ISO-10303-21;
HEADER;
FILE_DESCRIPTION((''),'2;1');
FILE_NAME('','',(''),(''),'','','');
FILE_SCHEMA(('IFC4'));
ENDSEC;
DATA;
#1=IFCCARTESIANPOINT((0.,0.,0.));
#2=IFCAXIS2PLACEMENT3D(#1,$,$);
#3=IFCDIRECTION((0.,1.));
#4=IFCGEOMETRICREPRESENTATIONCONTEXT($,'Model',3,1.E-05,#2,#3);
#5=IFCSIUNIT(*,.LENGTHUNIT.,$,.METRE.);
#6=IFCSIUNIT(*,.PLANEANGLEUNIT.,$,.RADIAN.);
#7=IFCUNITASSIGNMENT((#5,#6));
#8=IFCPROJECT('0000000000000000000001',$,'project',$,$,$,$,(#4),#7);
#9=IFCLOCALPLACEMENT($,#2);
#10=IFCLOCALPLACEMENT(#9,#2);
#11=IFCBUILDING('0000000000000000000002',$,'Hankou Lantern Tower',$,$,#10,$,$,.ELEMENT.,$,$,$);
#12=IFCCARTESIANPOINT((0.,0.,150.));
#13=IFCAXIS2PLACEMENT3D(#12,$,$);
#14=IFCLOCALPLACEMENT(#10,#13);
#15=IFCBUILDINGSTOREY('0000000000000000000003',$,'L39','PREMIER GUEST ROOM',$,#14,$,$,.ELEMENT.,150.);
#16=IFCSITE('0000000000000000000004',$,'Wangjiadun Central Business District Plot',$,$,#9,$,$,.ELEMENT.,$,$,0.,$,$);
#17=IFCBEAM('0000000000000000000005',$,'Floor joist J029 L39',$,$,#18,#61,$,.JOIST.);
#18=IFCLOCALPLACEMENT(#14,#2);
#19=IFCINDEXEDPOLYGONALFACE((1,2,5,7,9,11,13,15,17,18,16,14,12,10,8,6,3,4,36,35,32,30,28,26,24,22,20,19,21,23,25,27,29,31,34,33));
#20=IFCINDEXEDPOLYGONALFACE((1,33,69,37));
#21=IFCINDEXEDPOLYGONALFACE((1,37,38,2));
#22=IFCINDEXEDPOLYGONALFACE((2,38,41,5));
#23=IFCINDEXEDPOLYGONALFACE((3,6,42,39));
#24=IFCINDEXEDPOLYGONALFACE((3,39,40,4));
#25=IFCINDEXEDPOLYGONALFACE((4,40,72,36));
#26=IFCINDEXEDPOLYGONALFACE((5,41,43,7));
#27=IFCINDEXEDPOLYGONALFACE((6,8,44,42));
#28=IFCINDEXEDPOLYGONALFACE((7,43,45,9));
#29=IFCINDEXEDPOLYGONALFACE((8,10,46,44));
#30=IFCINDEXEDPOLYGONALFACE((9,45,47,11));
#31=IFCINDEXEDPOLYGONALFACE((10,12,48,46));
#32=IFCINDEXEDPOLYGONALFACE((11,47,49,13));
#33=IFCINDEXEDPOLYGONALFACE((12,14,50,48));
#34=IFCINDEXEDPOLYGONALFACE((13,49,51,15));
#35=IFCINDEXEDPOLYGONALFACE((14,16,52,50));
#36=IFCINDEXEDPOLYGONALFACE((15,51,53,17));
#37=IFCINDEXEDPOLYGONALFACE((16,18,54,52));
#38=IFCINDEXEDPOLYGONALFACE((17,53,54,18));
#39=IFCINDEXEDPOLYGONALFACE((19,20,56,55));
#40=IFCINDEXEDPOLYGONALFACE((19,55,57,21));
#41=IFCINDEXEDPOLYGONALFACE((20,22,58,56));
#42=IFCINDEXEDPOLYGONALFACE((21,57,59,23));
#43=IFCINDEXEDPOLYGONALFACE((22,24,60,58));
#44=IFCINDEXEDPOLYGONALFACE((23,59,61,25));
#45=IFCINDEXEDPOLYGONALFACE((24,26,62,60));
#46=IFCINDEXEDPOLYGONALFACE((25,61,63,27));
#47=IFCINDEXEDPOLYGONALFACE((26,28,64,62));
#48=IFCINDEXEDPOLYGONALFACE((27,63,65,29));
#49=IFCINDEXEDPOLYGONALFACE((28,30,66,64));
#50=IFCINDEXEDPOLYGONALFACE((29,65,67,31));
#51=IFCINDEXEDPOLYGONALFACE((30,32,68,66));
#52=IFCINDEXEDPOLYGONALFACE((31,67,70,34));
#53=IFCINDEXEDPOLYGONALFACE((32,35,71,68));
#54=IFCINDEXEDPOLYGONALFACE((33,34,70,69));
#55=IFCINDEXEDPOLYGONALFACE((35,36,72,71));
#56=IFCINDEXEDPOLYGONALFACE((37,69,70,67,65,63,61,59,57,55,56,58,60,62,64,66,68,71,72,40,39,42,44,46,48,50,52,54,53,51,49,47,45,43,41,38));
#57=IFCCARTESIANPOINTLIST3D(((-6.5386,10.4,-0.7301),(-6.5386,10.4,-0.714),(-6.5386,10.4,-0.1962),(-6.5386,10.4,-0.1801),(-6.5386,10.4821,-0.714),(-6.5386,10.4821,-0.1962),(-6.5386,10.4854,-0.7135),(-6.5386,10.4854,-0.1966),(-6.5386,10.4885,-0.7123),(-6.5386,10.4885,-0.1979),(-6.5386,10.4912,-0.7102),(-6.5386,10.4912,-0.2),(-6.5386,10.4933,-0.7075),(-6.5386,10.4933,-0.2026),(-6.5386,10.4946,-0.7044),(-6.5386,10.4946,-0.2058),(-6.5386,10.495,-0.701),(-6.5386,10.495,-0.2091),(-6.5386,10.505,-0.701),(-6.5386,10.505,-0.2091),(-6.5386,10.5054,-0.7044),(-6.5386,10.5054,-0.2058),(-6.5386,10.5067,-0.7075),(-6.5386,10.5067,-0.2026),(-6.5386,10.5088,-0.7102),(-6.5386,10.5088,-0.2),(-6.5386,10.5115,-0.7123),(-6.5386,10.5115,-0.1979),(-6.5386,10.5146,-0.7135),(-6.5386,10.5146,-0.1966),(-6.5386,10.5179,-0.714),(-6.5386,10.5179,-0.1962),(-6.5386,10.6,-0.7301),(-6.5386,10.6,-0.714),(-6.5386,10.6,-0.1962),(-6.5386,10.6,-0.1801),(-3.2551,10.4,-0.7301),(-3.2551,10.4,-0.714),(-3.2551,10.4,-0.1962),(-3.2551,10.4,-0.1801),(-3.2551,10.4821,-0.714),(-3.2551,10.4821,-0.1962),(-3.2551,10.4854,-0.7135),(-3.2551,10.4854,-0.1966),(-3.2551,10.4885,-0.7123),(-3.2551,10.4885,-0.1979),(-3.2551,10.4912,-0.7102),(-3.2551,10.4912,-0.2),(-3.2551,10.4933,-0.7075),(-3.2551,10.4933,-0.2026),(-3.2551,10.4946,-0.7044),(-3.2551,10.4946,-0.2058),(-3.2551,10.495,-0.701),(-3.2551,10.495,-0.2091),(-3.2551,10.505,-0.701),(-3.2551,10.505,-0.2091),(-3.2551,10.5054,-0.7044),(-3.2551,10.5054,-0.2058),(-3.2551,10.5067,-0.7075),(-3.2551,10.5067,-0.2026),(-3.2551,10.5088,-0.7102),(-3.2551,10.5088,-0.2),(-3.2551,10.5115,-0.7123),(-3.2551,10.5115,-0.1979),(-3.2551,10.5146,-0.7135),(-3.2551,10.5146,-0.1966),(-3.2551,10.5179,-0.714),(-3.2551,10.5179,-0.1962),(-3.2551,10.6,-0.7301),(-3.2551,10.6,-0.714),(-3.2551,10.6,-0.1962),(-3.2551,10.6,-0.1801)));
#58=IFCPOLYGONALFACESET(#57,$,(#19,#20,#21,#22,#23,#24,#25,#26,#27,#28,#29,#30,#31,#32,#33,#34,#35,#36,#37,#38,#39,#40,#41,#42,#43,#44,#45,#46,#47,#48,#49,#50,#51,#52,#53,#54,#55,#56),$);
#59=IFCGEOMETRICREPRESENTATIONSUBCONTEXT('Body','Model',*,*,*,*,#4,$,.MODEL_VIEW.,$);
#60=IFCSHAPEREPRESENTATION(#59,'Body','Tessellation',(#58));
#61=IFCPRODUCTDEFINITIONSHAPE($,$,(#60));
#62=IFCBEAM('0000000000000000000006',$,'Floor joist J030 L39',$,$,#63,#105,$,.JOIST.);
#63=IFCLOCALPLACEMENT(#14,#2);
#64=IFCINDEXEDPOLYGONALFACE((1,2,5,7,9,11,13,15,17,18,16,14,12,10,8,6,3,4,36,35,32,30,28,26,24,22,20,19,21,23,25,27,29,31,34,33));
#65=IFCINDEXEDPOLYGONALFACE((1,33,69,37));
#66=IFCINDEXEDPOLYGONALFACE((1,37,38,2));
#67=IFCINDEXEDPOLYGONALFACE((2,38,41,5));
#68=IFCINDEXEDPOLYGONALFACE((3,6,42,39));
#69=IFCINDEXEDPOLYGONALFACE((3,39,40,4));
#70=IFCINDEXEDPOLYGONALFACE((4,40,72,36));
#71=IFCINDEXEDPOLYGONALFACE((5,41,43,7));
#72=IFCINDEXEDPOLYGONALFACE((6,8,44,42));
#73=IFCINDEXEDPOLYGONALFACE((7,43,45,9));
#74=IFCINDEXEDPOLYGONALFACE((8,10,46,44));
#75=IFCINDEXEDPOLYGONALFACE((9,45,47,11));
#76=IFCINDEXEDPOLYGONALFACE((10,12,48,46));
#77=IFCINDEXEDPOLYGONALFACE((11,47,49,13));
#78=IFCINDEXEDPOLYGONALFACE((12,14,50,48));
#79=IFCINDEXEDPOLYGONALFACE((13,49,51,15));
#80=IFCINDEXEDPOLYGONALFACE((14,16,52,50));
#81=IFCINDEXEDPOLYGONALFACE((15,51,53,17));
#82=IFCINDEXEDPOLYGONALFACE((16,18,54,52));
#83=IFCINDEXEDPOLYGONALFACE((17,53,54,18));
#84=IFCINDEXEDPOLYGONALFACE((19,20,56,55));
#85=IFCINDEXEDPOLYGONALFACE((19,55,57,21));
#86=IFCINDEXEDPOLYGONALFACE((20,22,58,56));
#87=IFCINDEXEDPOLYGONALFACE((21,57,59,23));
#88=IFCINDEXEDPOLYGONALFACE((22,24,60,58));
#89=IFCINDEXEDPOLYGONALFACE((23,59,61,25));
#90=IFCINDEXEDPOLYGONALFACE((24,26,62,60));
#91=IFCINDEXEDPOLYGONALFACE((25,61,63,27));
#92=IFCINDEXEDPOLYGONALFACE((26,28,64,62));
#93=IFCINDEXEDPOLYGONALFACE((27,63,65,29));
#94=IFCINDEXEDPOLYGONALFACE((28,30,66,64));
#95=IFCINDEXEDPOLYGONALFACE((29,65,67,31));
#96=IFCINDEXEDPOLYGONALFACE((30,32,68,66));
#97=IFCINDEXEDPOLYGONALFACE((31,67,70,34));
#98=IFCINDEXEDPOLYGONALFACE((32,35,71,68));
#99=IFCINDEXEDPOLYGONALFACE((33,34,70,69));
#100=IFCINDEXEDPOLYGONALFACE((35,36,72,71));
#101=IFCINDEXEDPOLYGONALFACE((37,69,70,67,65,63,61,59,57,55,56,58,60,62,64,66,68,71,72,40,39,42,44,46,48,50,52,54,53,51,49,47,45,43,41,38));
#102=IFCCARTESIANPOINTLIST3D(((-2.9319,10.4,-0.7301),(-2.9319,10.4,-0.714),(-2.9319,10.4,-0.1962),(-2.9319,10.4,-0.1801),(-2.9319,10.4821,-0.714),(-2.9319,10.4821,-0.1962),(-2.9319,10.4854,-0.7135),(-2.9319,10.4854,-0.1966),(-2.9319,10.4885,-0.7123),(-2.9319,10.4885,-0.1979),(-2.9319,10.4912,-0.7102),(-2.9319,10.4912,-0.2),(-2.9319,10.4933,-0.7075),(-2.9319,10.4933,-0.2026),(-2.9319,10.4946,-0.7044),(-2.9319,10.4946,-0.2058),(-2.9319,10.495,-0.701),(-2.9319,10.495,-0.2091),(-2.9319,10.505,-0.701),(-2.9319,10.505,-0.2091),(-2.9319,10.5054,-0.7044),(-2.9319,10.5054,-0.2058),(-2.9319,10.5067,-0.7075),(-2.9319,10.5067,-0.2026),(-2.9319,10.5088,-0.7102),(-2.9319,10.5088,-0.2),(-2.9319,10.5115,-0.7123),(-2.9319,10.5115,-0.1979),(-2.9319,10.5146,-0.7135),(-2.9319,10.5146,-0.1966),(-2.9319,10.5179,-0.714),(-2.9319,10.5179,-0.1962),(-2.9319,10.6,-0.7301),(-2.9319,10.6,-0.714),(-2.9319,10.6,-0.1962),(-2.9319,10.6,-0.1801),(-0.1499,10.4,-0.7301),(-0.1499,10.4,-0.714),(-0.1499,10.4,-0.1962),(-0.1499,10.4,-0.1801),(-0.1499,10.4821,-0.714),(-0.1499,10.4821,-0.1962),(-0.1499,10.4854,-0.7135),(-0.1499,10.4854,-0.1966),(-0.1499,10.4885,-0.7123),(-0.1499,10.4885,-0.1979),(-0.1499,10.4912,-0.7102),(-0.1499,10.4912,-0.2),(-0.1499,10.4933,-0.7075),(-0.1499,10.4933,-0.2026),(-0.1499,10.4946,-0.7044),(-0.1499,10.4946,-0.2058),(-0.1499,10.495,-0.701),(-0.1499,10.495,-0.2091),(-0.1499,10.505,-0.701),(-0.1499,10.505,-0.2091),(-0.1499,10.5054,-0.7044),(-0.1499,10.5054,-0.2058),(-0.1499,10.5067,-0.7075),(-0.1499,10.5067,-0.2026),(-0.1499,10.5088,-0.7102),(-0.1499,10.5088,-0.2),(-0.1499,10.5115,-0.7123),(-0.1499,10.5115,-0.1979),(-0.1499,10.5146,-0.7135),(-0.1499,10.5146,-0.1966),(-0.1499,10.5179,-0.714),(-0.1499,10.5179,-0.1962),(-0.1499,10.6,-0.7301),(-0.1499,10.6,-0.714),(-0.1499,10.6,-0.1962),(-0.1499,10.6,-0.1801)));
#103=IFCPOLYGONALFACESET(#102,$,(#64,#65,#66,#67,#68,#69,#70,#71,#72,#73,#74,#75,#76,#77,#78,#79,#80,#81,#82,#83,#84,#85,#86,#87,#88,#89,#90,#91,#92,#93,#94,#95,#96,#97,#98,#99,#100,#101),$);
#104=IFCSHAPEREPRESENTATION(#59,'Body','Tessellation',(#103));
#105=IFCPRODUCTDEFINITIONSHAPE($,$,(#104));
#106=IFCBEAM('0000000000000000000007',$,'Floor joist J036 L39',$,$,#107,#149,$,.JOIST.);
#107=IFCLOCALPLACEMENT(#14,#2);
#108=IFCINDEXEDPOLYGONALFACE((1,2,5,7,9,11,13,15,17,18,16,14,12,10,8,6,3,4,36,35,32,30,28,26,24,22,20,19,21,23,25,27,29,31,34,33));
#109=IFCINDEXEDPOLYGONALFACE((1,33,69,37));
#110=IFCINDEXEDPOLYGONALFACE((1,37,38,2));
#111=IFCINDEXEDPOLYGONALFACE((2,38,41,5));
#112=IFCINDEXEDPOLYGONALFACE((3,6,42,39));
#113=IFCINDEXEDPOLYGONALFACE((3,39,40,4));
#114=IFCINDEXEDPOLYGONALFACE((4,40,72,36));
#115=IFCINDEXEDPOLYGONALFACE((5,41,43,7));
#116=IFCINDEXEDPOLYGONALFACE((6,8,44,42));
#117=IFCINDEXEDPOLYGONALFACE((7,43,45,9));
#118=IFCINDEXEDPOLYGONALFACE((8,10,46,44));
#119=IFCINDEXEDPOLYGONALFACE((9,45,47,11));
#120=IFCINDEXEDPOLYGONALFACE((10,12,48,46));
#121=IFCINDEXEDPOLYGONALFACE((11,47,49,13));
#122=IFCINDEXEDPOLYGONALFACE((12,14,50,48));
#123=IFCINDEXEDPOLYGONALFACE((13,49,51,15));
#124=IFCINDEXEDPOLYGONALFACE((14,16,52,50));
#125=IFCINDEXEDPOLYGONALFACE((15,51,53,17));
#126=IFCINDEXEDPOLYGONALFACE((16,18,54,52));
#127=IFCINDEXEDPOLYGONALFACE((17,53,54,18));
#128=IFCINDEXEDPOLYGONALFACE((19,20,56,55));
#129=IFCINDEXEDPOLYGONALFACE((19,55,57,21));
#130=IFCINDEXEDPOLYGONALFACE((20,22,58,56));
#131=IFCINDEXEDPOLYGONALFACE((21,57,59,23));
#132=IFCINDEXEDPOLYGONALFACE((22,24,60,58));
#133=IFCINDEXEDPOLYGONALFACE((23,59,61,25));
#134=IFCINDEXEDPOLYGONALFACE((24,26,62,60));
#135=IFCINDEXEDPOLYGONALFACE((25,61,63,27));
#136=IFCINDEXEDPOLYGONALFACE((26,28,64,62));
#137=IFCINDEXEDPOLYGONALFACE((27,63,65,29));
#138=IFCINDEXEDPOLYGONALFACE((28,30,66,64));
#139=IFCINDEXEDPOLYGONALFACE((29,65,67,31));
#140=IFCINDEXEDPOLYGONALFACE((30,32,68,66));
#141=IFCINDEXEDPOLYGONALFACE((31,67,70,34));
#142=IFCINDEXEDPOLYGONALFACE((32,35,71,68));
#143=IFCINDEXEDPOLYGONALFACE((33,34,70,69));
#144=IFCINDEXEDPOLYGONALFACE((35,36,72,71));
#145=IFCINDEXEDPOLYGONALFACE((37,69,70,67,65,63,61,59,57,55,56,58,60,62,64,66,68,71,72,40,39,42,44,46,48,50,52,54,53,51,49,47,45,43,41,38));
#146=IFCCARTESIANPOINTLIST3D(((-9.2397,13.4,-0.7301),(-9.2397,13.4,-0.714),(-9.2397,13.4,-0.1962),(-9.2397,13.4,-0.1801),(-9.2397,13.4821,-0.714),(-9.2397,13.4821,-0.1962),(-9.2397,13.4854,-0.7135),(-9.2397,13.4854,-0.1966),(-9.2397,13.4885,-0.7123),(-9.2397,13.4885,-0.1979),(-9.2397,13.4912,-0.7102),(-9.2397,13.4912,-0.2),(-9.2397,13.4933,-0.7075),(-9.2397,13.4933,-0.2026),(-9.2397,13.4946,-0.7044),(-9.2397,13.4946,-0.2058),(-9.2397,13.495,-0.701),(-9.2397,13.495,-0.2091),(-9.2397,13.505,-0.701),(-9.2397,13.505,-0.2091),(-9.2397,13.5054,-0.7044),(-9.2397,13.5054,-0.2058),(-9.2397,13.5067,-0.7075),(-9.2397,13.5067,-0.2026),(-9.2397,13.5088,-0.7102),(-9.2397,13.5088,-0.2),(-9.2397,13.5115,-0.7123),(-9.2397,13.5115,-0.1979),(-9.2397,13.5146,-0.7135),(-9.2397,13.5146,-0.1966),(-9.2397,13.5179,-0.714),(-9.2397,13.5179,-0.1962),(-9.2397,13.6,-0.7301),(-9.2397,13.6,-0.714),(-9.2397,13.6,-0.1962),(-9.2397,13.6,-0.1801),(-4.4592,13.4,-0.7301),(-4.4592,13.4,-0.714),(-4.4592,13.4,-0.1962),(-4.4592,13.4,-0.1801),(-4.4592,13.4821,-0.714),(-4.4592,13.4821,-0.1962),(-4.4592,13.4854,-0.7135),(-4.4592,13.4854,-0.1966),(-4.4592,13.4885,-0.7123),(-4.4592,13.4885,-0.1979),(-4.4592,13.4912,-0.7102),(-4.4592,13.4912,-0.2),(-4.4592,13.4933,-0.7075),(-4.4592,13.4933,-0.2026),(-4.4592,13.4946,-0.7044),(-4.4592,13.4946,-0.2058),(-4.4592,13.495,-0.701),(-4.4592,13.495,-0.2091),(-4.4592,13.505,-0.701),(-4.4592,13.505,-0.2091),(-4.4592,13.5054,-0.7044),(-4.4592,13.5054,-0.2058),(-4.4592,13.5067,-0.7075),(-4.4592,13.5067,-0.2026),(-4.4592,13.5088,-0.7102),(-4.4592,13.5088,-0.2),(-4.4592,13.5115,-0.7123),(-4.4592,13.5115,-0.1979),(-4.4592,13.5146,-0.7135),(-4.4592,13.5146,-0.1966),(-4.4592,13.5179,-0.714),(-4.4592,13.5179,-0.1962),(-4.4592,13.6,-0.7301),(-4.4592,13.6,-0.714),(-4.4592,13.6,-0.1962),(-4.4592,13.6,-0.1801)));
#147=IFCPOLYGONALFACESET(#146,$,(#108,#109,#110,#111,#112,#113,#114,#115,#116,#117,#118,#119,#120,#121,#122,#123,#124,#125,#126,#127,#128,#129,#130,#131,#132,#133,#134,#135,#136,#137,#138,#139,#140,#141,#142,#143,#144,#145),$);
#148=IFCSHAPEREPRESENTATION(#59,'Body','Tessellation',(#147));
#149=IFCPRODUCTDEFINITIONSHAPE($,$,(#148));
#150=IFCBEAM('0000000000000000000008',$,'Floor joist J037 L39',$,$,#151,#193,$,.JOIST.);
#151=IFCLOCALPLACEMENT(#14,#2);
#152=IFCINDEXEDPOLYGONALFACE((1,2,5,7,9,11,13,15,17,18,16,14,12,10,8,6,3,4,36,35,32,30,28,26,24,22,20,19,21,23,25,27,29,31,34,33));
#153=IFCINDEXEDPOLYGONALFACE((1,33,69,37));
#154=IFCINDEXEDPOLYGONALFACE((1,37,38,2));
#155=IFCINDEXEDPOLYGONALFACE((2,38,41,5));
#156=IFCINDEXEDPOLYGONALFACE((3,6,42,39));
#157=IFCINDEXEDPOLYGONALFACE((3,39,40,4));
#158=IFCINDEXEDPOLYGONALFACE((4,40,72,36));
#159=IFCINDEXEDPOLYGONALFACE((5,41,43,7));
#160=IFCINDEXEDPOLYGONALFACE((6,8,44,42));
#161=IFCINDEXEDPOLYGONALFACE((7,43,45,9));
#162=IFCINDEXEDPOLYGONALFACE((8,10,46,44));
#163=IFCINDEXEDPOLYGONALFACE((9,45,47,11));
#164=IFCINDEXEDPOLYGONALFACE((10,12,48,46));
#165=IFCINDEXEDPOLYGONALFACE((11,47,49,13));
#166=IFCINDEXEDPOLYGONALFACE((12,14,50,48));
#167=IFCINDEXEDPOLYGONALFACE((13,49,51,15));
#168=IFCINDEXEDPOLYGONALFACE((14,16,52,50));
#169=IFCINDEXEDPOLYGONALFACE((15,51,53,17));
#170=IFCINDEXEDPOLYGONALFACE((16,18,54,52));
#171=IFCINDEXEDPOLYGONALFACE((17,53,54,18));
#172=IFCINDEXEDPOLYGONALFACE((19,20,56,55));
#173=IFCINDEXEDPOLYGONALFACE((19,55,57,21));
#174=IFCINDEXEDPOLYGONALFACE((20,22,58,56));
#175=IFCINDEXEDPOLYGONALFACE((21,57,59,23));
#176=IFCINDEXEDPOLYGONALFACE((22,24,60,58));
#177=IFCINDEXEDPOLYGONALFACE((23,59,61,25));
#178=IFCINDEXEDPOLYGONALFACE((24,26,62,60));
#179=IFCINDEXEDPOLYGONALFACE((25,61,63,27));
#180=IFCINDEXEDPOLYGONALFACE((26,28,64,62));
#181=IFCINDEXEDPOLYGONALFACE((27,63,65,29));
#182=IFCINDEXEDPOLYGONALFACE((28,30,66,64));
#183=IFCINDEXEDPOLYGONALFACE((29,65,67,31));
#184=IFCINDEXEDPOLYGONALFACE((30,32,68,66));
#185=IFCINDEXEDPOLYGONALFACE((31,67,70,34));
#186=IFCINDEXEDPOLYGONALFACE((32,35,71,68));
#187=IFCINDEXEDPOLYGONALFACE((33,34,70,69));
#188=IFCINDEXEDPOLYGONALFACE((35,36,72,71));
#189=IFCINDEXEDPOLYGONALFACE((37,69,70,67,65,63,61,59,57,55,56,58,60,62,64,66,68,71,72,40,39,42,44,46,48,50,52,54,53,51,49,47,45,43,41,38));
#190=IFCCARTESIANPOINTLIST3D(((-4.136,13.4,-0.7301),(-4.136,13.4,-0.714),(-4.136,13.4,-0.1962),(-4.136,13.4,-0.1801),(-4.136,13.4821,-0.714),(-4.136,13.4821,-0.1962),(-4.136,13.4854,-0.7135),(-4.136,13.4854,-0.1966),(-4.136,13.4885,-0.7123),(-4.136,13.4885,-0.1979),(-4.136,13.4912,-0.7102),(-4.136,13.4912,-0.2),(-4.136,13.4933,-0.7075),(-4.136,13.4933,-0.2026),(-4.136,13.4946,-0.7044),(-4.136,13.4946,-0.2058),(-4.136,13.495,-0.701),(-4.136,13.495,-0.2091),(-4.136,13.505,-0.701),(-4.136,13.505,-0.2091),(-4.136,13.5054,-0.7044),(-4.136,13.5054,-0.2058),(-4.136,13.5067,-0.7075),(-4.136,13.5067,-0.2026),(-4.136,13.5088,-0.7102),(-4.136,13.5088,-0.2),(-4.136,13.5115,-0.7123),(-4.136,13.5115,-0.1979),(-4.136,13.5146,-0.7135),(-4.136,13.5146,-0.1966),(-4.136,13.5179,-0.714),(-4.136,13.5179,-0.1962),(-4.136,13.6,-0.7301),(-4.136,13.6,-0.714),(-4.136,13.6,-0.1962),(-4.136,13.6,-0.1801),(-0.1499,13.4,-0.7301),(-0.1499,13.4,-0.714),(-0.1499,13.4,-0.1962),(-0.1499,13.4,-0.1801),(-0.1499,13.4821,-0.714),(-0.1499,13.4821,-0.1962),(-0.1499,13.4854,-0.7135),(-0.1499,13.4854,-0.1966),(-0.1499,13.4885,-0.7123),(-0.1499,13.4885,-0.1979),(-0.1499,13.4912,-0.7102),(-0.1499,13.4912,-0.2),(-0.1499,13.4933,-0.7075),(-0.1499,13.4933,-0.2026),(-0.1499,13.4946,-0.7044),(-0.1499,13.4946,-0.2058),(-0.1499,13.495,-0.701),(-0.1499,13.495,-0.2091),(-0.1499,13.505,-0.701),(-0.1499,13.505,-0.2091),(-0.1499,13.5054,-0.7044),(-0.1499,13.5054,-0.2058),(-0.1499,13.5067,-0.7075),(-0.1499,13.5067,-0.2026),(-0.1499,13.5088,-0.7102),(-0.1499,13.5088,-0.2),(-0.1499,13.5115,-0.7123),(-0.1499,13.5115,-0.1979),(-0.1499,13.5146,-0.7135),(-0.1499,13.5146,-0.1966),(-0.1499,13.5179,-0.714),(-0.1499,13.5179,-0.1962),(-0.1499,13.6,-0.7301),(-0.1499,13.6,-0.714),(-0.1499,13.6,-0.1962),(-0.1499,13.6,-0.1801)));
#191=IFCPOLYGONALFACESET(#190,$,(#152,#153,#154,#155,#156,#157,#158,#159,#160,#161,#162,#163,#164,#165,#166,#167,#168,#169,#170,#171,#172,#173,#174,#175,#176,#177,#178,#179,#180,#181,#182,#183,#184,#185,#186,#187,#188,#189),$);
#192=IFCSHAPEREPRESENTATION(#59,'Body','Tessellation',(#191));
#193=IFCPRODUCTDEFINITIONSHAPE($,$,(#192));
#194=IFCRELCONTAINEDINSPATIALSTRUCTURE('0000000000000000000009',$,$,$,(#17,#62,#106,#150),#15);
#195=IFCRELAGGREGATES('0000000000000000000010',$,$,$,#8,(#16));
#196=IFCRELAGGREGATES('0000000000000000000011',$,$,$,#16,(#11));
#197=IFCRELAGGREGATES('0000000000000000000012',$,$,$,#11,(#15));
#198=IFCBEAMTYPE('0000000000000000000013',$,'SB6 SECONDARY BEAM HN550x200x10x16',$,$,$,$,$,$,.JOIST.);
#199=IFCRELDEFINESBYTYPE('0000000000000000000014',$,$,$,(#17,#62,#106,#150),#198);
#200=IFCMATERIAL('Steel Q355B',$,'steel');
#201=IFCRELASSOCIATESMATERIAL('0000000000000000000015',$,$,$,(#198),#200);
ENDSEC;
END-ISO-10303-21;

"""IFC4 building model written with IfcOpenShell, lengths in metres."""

from ifc_helpers import new_model, si_unit, direction, frame, origin, origin_2d, place, context, subcontext, project, spatial, i_section, extrude, material, material_profile, profile_set, type_object, element, save


model = new_model("IFC4")

# Units and contexts
model_context = context("Model", 3, precision=1e-05, world=origin(), true_north=direction((0.0, 1.0)))
body_context = subcontext(model_context, "Body", "Model", "MODEL_VIEW")
ifc_project = project(units=[si_unit("LENGTHUNIT", "METRE"), si_unit("PLANEANGLEUNIT", "RADIAN")], contexts=[model_context])

# Site, building, storey
site_placement = place(None, origin())
site = spatial("IfcSite", under=ifc_project, at=site_placement, Name="Wangjiadun Central Business District Plot", CompositionType="ELEMENT", RefElevation=0.0)
building_placement = place(site_placement, origin())
building = spatial("IfcBuilding", under=site, at=building_placement, Name="Hankou Lantern Tower", CompositionType="ELEMENT")
storey_placement = place(building_placement, frame((0.0, 0.0, 150.0)))
storey = spatial("IfcBuildingStorey", under=building, at=storey_placement, Name="L39", Description="PREMIER GUEST ROOM", CompositionType="ELEMENT", Elevation=150.0)

# Beams
ifc_material_1 = material(Name="Steel Q355B", Category="steel")
ifc_material_profile_1 = material_profile(ifc_material_1, i_section(OverallWidth=0.2, OverallDepth=0.55, WebThickness=0.01, FlangeThickness=0.0161, FilletRadius=0.0129, at=origin_2d()), Name="HN550x200x10x16")
ifc_profile_set_1 = profile_set([ifc_material_profile_1], Name="Steel Q355B")
beam_type_1 = type_object("IfcBeamType", Name="SB6 SECONDARY BEAM HN550x200x10x16", PredefinedType="JOIST", material=ifc_profile_set_1)
beam_1_placement = place(storey_placement, frame((-6.5386, 10.5, -0.4551), z_axis=(1.0, 0.0, 0.0), x_axis=(0.0, 1.0, 0.0)))
element("IfcBeam", 1, at=beam_1_placement, inside=storey, type_object=beam_type_1, Name="Floor joist J029 L39", PredefinedType="JOIST", context=body_context, shape_type="SweptSolid", body=[
    extrude(i_section(OverallWidth=0.2, OverallDepth=0.55, WebThickness=0.01, FlangeThickness=0.0161, FilletRadius=0.0129, at=origin_2d()), origin(), (0.0, 0.0, 1.0), 3.2834),
])
beam_2_placement = place(storey_placement, frame((-2.9319, 10.5, -0.4551), z_axis=(1.0, 0.0, 0.0), x_axis=(0.0, 1.0, 0.0)))
element("IfcBeam", 2, at=beam_2_placement, inside=storey, type_object=beam_type_1, Name="Floor joist J030 L39", PredefinedType="JOIST", context=body_context, shape_type="SweptSolid", body=[
    extrude(i_section(OverallWidth=0.2, OverallDepth=0.55, WebThickness=0.01, FlangeThickness=0.0161, FilletRadius=0.0129, at=origin_2d()), origin(), (0.0, 0.0, 1.0), 2.782),
])
beam_3_placement = place(storey_placement, frame((-9.2397, 13.5, -0.4551), z_axis=(1.0, 0.0, 0.0), x_axis=(0.0, 1.0, 0.0)))
element("IfcBeam", 3, at=beam_3_placement, inside=storey, type_object=beam_type_1, Name="Floor joist J036 L39", PredefinedType="JOIST", context=body_context, shape_type="SweptSolid", body=[
    extrude(i_section(OverallWidth=0.2, OverallDepth=0.55, WebThickness=0.01, FlangeThickness=0.0161, FilletRadius=0.0129, at=origin_2d()), origin(), (0.0, 0.0, 1.0), 4.7805),
])
beam_4_placement = place(storey_placement, frame((-4.136, 13.5, -0.4551), z_axis=(1.0, 0.0, 0.0), x_axis=(0.0, 1.0, 0.0)))
element("IfcBeam", 4, at=beam_4_placement, inside=storey, type_object=beam_type_1, Name="Floor joist J037 L39", PredefinedType="JOIST", context=body_context, shape_type="SweptSolid", body=[
    extrude(i_section(OverallWidth=0.2, OverallDepth=0.55, WebThickness=0.01, FlangeThickness=0.0161, FilletRadius=0.0129, at=origin_2d()), origin(), (0.0, 0.0, 1.0), 3.9861),
])

save(model, "model.ifc")
